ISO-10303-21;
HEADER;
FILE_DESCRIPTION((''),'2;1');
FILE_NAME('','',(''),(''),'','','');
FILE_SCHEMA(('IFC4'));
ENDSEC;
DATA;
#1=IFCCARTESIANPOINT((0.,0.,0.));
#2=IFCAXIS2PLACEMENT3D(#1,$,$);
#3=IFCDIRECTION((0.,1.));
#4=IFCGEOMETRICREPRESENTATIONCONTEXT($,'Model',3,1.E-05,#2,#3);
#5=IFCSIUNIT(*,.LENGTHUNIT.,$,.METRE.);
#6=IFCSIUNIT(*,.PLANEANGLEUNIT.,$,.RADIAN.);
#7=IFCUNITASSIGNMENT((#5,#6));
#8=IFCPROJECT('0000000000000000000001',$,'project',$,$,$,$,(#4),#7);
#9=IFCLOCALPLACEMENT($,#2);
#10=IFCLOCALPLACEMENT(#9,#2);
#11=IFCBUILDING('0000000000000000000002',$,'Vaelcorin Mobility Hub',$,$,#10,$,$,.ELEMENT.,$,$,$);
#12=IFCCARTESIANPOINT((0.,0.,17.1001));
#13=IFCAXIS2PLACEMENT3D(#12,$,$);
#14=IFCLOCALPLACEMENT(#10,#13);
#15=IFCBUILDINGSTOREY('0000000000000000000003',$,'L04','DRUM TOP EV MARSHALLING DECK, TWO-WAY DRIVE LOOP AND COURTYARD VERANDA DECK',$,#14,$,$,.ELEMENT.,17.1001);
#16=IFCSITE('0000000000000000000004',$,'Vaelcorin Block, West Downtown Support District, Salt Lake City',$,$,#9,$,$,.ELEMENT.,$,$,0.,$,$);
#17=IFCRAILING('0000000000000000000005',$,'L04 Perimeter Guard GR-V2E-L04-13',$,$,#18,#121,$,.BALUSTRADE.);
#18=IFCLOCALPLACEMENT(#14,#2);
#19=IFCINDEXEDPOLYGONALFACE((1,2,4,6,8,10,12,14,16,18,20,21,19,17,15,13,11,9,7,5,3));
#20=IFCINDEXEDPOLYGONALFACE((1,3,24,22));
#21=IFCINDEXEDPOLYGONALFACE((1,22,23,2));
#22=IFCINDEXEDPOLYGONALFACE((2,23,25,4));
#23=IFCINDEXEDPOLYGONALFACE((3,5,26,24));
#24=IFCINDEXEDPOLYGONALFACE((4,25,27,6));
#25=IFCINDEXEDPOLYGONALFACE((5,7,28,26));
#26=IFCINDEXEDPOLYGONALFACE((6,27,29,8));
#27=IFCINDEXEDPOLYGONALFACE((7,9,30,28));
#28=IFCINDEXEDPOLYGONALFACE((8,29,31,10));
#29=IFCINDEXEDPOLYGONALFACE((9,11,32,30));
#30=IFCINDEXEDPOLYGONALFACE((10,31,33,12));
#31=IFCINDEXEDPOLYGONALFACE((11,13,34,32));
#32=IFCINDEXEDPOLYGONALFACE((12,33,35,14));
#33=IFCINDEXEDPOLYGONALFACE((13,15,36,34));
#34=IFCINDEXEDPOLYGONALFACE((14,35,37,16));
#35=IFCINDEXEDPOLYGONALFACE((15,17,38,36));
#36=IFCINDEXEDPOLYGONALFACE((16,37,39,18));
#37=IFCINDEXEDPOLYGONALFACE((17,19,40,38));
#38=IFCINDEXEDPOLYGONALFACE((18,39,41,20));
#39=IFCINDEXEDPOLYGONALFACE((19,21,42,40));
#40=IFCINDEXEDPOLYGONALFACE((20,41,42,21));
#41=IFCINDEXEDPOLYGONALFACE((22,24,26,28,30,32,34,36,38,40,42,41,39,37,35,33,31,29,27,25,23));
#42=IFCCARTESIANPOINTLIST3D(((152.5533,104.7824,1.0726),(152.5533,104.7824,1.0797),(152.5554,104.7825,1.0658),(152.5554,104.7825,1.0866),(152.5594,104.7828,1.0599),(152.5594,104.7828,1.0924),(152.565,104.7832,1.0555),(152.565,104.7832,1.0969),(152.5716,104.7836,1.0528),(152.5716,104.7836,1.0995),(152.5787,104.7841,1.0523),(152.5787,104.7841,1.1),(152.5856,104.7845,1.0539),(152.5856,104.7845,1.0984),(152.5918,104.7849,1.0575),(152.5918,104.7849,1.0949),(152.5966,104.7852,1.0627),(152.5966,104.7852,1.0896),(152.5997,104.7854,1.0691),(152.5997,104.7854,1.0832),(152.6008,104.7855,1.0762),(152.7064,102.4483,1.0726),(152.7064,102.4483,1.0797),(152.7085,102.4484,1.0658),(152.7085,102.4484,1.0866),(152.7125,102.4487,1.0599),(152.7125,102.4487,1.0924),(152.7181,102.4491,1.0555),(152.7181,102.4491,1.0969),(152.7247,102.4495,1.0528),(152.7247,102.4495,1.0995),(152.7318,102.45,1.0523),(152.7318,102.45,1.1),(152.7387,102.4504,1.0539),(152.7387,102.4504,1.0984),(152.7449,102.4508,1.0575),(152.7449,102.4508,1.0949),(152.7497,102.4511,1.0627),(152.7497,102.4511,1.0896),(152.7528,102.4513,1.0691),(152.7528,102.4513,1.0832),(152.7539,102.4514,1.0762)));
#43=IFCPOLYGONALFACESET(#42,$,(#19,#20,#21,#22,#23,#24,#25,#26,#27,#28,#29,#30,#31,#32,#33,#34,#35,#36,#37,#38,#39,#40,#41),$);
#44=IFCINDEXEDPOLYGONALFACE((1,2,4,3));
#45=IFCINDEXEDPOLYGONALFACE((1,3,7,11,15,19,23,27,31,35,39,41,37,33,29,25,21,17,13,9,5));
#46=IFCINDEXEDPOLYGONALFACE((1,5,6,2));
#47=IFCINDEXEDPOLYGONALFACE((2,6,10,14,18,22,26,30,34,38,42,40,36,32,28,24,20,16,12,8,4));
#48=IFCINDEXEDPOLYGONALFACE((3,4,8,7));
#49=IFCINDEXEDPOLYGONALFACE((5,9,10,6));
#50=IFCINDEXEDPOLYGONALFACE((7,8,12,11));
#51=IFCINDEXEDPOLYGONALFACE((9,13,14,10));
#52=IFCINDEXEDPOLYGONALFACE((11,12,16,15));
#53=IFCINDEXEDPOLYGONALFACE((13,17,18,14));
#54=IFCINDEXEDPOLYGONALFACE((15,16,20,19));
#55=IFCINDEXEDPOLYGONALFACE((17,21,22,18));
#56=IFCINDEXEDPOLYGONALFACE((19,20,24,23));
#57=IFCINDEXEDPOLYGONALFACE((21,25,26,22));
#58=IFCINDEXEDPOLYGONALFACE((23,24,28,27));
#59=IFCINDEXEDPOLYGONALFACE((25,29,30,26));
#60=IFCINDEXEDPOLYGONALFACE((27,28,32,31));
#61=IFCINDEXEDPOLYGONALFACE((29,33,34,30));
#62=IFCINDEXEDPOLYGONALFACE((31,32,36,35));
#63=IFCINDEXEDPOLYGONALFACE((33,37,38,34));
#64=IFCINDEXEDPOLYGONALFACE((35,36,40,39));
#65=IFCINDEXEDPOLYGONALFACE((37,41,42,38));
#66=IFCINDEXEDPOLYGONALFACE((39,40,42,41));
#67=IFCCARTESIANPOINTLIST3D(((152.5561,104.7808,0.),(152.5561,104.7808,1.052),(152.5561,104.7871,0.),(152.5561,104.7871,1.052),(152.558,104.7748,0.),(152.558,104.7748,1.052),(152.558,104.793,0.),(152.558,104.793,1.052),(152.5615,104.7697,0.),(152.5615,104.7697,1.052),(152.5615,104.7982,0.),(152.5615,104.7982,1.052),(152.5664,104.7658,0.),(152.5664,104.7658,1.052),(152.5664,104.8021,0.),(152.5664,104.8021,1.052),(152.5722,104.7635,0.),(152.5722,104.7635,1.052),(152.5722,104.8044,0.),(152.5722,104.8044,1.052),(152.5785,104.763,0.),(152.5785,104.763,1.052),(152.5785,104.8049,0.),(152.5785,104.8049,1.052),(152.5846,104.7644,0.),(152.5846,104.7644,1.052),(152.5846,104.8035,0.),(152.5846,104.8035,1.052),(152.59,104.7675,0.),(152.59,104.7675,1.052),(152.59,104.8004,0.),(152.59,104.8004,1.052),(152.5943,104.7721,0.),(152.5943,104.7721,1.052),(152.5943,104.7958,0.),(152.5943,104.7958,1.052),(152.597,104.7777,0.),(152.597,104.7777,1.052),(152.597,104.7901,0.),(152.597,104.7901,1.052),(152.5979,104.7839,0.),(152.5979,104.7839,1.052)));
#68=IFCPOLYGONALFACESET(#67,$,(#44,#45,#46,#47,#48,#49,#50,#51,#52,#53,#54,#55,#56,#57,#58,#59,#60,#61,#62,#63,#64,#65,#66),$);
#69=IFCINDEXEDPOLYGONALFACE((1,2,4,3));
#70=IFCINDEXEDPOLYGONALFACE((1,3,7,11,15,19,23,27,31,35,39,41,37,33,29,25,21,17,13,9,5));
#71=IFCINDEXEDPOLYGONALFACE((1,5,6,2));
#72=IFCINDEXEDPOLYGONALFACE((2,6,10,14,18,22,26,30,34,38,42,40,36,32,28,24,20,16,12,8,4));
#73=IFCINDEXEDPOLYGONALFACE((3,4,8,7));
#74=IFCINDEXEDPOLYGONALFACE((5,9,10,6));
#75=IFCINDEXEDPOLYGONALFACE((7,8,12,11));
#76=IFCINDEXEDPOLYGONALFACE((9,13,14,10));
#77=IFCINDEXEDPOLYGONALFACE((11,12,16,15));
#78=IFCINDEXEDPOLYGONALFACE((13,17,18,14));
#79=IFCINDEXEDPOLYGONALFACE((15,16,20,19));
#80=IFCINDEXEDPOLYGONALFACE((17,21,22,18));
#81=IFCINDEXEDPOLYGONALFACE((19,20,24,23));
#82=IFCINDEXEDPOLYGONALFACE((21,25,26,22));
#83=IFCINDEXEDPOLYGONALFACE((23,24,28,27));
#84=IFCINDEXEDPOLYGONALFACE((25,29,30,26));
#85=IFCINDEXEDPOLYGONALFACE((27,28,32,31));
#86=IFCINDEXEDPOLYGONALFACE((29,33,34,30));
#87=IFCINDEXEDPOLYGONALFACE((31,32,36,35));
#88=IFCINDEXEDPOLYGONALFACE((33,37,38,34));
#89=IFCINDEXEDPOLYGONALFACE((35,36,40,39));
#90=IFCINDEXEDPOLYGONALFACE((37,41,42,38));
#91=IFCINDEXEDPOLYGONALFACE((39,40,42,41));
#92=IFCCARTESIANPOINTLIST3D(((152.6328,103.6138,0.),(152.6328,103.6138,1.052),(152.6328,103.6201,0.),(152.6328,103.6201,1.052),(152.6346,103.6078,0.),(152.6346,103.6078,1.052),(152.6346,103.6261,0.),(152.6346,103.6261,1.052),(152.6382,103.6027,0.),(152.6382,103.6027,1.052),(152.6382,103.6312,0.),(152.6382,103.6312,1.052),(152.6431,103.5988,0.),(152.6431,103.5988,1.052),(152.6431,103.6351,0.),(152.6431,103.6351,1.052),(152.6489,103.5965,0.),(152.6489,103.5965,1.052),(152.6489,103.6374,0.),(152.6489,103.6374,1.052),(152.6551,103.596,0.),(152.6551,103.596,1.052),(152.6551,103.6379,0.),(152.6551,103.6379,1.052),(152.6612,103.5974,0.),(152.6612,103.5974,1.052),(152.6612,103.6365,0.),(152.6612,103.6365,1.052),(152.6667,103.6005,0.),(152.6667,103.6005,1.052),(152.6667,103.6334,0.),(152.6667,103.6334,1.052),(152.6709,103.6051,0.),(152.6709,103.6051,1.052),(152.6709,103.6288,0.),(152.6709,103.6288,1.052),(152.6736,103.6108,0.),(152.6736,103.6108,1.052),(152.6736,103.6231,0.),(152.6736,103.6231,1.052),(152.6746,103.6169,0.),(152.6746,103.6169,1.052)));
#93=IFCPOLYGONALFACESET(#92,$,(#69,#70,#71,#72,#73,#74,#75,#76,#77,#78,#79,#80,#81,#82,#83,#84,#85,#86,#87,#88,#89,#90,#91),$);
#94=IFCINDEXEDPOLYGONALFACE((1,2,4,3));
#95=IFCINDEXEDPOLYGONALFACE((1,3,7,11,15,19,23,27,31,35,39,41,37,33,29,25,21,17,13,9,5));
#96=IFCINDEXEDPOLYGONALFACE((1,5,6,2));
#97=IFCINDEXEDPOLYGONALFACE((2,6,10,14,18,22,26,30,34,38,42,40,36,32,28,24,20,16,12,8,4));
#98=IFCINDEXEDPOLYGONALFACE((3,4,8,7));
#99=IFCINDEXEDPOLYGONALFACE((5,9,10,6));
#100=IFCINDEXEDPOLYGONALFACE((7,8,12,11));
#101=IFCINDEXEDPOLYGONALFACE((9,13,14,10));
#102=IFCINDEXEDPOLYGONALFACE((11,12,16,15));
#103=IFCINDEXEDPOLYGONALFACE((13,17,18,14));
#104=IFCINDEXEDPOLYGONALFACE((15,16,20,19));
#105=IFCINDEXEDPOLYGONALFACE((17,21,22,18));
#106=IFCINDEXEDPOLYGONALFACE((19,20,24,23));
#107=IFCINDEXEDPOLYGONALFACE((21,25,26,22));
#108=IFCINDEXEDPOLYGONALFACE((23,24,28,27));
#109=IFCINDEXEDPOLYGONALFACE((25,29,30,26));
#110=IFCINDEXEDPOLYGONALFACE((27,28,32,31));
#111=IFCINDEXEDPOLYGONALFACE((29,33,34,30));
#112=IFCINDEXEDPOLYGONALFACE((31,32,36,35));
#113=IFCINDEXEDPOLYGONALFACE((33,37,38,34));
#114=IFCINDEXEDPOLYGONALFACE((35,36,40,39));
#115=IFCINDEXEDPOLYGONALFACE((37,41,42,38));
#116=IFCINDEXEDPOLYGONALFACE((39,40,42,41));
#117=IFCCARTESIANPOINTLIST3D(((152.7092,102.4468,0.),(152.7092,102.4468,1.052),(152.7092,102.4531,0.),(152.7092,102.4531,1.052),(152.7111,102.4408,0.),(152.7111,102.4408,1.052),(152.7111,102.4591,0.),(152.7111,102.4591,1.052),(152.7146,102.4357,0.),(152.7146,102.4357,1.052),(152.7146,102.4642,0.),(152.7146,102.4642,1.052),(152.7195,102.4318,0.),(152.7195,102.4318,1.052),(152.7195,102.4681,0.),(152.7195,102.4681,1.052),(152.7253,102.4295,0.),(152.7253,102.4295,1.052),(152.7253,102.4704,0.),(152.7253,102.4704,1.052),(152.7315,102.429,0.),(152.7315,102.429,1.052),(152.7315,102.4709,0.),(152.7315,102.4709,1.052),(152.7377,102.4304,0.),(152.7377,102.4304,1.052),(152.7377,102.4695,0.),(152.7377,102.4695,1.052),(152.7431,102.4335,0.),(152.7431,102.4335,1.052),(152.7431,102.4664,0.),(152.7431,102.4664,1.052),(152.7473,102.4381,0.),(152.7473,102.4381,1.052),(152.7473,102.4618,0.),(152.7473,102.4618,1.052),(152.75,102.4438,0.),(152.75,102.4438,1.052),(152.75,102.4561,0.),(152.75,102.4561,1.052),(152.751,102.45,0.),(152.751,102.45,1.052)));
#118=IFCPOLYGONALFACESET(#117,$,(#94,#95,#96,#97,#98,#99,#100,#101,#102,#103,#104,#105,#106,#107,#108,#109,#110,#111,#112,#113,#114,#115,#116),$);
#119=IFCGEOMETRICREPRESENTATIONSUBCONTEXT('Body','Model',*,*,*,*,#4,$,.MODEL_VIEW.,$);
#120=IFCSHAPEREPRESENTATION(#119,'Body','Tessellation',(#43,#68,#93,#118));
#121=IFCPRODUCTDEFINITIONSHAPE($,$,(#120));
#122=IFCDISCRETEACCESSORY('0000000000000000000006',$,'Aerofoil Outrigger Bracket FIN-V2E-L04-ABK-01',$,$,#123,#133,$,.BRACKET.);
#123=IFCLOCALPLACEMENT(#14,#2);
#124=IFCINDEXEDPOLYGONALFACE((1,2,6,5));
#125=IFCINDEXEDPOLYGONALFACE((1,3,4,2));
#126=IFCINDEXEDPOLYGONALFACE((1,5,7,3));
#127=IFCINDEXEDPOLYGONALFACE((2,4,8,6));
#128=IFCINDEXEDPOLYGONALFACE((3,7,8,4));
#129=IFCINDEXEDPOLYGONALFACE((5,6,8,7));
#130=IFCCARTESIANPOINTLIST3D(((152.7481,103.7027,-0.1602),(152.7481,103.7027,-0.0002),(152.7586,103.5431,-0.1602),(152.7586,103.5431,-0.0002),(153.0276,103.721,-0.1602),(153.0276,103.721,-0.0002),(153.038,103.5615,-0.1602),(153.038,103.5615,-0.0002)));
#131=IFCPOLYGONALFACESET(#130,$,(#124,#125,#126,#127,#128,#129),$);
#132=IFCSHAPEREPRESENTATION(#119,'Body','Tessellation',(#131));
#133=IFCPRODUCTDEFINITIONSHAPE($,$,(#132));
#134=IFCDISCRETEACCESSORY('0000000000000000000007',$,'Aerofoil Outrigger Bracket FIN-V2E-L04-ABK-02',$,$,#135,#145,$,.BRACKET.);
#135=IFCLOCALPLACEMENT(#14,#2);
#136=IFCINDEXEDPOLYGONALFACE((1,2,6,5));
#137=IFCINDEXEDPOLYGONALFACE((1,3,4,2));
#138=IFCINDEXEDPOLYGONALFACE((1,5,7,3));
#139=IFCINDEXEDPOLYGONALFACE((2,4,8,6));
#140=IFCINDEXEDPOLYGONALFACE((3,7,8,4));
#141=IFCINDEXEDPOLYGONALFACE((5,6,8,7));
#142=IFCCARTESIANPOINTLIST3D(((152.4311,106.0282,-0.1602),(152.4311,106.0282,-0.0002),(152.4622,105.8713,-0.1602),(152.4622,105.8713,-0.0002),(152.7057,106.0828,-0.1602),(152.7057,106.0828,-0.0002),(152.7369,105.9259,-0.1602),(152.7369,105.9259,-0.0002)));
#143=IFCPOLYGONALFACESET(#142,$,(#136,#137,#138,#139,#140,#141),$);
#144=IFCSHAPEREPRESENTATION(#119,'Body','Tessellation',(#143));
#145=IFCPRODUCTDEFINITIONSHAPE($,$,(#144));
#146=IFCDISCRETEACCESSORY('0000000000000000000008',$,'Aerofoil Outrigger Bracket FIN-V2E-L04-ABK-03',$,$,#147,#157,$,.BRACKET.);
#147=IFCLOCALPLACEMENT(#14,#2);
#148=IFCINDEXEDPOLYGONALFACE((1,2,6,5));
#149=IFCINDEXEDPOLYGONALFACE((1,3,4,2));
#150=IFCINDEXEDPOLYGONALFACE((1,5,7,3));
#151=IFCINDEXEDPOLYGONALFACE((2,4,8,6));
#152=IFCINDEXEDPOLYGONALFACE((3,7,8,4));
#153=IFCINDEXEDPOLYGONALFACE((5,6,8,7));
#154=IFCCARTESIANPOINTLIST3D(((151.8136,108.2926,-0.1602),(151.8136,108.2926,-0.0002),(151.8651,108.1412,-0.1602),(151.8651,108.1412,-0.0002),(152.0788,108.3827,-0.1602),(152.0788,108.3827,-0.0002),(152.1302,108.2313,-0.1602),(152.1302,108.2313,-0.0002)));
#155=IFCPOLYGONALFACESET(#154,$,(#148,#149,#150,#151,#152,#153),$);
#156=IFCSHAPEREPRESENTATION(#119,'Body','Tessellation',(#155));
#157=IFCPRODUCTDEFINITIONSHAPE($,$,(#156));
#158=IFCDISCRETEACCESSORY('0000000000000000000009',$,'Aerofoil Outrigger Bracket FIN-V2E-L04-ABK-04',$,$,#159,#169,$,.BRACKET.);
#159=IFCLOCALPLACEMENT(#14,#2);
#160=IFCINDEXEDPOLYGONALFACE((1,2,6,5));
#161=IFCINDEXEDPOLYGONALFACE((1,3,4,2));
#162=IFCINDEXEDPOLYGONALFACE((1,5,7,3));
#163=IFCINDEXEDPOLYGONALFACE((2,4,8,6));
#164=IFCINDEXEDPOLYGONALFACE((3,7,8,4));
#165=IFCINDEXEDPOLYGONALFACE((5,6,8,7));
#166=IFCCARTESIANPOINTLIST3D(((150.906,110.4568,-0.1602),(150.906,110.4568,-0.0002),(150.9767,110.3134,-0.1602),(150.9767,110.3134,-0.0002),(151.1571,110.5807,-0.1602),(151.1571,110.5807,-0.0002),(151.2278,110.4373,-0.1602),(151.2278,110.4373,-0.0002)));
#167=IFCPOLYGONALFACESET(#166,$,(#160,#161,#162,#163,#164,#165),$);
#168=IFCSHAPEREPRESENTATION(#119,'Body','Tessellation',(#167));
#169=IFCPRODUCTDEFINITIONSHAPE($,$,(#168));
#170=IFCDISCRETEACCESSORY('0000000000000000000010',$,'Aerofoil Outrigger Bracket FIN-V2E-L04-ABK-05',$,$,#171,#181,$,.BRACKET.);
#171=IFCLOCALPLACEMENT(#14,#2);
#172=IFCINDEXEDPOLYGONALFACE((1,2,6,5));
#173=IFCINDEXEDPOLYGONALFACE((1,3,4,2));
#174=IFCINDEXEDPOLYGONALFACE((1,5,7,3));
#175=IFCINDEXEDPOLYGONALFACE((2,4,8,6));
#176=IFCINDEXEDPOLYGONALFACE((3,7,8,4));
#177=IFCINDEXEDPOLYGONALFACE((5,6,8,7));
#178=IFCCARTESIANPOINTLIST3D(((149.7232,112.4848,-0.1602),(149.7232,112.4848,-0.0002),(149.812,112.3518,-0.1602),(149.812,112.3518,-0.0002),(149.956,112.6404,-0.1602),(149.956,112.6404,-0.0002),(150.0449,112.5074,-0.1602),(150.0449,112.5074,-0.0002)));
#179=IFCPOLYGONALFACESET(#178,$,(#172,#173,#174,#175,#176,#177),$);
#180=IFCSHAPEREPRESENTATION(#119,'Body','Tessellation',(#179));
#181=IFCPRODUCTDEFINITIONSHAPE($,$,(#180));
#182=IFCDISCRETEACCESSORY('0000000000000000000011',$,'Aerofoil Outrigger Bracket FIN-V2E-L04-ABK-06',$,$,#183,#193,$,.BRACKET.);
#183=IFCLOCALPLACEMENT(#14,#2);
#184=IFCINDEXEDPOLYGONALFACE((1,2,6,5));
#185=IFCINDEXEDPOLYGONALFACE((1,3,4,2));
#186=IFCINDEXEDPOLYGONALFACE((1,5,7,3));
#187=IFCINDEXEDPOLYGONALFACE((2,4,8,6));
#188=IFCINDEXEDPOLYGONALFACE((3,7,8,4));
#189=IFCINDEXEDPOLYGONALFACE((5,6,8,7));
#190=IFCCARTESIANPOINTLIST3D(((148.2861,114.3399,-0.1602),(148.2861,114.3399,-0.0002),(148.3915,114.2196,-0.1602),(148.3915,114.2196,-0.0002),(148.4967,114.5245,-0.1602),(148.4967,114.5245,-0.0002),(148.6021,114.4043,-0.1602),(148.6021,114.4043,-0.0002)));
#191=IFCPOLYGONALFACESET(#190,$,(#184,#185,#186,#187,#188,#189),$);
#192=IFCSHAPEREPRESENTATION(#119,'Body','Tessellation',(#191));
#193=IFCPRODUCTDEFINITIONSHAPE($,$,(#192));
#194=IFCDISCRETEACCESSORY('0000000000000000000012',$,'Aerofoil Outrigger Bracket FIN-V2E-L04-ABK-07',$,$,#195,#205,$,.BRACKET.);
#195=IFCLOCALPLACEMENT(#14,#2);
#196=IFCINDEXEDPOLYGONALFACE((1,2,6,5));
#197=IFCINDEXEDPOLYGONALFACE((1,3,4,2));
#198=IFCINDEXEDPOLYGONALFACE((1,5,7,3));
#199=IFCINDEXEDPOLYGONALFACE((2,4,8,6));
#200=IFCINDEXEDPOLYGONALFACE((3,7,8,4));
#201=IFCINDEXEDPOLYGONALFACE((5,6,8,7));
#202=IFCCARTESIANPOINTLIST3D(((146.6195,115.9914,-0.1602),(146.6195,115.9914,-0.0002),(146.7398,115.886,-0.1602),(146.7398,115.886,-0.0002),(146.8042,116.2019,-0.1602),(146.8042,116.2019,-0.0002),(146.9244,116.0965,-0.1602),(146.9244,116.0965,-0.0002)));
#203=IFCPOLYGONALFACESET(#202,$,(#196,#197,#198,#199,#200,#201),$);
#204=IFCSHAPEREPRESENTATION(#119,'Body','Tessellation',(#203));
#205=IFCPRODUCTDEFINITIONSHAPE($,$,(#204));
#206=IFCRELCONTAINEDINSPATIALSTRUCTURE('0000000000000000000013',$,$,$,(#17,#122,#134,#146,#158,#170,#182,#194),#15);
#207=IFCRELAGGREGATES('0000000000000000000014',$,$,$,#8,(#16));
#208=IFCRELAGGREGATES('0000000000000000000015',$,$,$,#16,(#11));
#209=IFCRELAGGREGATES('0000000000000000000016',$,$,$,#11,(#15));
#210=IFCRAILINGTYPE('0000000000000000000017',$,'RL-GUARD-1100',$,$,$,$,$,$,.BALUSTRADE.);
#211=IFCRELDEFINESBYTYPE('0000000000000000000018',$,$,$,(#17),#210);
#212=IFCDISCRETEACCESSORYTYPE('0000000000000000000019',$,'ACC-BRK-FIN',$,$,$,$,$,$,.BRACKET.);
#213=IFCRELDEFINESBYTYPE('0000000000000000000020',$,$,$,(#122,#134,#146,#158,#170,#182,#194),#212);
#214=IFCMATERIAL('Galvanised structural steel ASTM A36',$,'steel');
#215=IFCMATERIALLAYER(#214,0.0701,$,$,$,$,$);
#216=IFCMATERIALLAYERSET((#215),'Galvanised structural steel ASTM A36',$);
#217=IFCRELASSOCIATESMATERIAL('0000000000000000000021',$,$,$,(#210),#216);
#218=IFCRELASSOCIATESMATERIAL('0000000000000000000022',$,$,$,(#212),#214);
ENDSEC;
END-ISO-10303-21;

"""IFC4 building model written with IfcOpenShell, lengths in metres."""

from ifc_helpers import new_model, si_unit, direction, frame, origin, origin_2d, place, context, subcontext, project, spatial, rectangle, circle, extrude, material, layer, layer_set, type_object, element, save


model = new_model("IFC4")

# Units and contexts
model_context = context("Model", 3, precision=1e-05, world=origin(), true_north=direction((0.0, 1.0)))
body_context = subcontext(model_context, "Body", "Model", "MODEL_VIEW")
ifc_project = project(units=[si_unit("LENGTHUNIT", "METRE"), si_unit("PLANEANGLEUNIT", "RADIAN")], contexts=[model_context])

# Site, building, storey
site_placement = place(None, origin())
site = spatial("IfcSite", under=ifc_project, at=site_placement, Name="Vaelcorin Block, West Downtown Support District, Salt Lake City", CompositionType="ELEMENT", RefElevation=0.0)
building_placement = place(site_placement, origin())
building = spatial("IfcBuilding", under=site, at=building_placement, Name="Vaelcorin Mobility Hub", CompositionType="ELEMENT")
storey_placement = place(building_placement, frame((0.0, 0.0, 17.1001)))
storey = spatial("IfcBuildingStorey", under=building, at=storey_placement, Name="L04", Description="DRUM TOP EV MARSHALLING DECK, TWO-WAY DRIVE LOOP AND COURTYARD VERANDA DECK", CompositionType="ELEMENT", Elevation=17.1001)

# Railing
ifc_material_1 = material(Name="Galvanised structural steel ASTM A36", Category="steel")
ifc_layer_1 = layer(ifc_material_1, 0.0701)
ifc_layer_set_1 = layer_set([ifc_layer_1], Name="Galvanised structural steel ASTM A36")
railing_type = type_object("IfcRailingType", Name="RL-GUARD-1100", PredefinedType="BALUSTRADE", material=ifc_layer_set_1)
railing_1_placement = place(storey_placement, frame((152.5769, 104.7839, 0.0)))
element("IfcRailing", 1, at=railing_1_placement, inside=storey, type_object=railing_type, Name="L04 Perimeter Guard GR-V2E-L04-13", PredefinedType="BALUSTRADE", context=body_context, shape_type="SweptSolid", body=[
    extrude(circle(Radius=0.0239, at=origin_2d()), frame((0.0, 0.0, 1.0762), z_axis=(0.065445, -0.997856, 0.0), x_axis=(0.997856, 0.065445, 0.0)), (0.0, 0.0, 1.0), 2.3391),
    extrude(circle(Radius=0.021, at=origin_2d()), origin(), (0.0, 0.0, 1.0), 1.052),
    extrude(circle(Radius=0.021, at=origin_2d()), frame((0.0767, -1.167, 0.0)), (0.0, 0.0, 1.0), 1.052),
    extrude(circle(Radius=0.021, at=origin_2d()), frame((0.1531, -2.334, 0.0)), (0.0, 0.0, 1.0), 1.052),
])

# Discrete accessories
discrete_accessory_type = type_object("IfcDiscreteAccessoryType", Name="ACC-BRK-FIN", PredefinedType="BRACKET", material=ifc_material_1)
for number, where, z_axis, x_axis, name in (
    (2, (152.8931, 103.6321, -0.1602), (0.0, 0.0, 1.0), (0.997858, 0.065421, 0.0), "Aerofoil Outrigger Bracket FIN-V2E-L04-ABK-01"),
    (3, (152.584, 105.9771, -0.1602), (0.0, 0.0, 1.0), (0.980826, 0.194885, 0.0), "Aerofoil Outrigger Bracket FIN-V2E-L04-ABK-02"),
    (4, (151.9719, 108.262, -0.1602), (0.0, 0.0, 1.0), (0.946885, 0.321572, 0.0), "Aerofoil Outrigger Bracket FIN-V2E-L04-ABK-03"),
    (5, (151.0669, 110.447, -0.1602), (0.0, 0.0, 1.0), (0.896796, 0.442445, 0.0), "Aerofoil Outrigger Bracket FIN-V2E-L04-ABK-04"),
    (6, (149.884, 112.4961, -0.1602), (0.0, 0.0, 1.0), (0.831528, 0.555483, 0.0), "Aerofoil Outrigger Bracket FIN-V2E-L04-ABK-05"),
    (7, (148.4441, 114.3721, -0.1602), (0.0, 0.0, 1.0), (0.751897, 0.65928, 0.0), "Aerofoil Outrigger Bracket FIN-V2E-L04-ABK-06"),
    (8, (146.772, 116.0439, -0.1602), (0.0, 0.0, 1.0), (0.65928, 0.751897, 0.0), "Aerofoil Outrigger Bracket FIN-V2E-L04-ABK-07"),
):
    element("IfcDiscreteAccessory", number, at=place(storey_placement, frame(where, z_axis=z_axis, x_axis=x_axis)), inside=storey, type_object=discrete_accessory_type, Name=name, PredefinedType="BRACKET", context=body_context, shape_type="SweptSolid", body=[
        extrude(rectangle(XDim=0.28, YDim=0.1599, at=origin_2d()), origin(), (0.0, 0.0, 1.0), 0.1599),
    ])

save(model, "model.ifc")
